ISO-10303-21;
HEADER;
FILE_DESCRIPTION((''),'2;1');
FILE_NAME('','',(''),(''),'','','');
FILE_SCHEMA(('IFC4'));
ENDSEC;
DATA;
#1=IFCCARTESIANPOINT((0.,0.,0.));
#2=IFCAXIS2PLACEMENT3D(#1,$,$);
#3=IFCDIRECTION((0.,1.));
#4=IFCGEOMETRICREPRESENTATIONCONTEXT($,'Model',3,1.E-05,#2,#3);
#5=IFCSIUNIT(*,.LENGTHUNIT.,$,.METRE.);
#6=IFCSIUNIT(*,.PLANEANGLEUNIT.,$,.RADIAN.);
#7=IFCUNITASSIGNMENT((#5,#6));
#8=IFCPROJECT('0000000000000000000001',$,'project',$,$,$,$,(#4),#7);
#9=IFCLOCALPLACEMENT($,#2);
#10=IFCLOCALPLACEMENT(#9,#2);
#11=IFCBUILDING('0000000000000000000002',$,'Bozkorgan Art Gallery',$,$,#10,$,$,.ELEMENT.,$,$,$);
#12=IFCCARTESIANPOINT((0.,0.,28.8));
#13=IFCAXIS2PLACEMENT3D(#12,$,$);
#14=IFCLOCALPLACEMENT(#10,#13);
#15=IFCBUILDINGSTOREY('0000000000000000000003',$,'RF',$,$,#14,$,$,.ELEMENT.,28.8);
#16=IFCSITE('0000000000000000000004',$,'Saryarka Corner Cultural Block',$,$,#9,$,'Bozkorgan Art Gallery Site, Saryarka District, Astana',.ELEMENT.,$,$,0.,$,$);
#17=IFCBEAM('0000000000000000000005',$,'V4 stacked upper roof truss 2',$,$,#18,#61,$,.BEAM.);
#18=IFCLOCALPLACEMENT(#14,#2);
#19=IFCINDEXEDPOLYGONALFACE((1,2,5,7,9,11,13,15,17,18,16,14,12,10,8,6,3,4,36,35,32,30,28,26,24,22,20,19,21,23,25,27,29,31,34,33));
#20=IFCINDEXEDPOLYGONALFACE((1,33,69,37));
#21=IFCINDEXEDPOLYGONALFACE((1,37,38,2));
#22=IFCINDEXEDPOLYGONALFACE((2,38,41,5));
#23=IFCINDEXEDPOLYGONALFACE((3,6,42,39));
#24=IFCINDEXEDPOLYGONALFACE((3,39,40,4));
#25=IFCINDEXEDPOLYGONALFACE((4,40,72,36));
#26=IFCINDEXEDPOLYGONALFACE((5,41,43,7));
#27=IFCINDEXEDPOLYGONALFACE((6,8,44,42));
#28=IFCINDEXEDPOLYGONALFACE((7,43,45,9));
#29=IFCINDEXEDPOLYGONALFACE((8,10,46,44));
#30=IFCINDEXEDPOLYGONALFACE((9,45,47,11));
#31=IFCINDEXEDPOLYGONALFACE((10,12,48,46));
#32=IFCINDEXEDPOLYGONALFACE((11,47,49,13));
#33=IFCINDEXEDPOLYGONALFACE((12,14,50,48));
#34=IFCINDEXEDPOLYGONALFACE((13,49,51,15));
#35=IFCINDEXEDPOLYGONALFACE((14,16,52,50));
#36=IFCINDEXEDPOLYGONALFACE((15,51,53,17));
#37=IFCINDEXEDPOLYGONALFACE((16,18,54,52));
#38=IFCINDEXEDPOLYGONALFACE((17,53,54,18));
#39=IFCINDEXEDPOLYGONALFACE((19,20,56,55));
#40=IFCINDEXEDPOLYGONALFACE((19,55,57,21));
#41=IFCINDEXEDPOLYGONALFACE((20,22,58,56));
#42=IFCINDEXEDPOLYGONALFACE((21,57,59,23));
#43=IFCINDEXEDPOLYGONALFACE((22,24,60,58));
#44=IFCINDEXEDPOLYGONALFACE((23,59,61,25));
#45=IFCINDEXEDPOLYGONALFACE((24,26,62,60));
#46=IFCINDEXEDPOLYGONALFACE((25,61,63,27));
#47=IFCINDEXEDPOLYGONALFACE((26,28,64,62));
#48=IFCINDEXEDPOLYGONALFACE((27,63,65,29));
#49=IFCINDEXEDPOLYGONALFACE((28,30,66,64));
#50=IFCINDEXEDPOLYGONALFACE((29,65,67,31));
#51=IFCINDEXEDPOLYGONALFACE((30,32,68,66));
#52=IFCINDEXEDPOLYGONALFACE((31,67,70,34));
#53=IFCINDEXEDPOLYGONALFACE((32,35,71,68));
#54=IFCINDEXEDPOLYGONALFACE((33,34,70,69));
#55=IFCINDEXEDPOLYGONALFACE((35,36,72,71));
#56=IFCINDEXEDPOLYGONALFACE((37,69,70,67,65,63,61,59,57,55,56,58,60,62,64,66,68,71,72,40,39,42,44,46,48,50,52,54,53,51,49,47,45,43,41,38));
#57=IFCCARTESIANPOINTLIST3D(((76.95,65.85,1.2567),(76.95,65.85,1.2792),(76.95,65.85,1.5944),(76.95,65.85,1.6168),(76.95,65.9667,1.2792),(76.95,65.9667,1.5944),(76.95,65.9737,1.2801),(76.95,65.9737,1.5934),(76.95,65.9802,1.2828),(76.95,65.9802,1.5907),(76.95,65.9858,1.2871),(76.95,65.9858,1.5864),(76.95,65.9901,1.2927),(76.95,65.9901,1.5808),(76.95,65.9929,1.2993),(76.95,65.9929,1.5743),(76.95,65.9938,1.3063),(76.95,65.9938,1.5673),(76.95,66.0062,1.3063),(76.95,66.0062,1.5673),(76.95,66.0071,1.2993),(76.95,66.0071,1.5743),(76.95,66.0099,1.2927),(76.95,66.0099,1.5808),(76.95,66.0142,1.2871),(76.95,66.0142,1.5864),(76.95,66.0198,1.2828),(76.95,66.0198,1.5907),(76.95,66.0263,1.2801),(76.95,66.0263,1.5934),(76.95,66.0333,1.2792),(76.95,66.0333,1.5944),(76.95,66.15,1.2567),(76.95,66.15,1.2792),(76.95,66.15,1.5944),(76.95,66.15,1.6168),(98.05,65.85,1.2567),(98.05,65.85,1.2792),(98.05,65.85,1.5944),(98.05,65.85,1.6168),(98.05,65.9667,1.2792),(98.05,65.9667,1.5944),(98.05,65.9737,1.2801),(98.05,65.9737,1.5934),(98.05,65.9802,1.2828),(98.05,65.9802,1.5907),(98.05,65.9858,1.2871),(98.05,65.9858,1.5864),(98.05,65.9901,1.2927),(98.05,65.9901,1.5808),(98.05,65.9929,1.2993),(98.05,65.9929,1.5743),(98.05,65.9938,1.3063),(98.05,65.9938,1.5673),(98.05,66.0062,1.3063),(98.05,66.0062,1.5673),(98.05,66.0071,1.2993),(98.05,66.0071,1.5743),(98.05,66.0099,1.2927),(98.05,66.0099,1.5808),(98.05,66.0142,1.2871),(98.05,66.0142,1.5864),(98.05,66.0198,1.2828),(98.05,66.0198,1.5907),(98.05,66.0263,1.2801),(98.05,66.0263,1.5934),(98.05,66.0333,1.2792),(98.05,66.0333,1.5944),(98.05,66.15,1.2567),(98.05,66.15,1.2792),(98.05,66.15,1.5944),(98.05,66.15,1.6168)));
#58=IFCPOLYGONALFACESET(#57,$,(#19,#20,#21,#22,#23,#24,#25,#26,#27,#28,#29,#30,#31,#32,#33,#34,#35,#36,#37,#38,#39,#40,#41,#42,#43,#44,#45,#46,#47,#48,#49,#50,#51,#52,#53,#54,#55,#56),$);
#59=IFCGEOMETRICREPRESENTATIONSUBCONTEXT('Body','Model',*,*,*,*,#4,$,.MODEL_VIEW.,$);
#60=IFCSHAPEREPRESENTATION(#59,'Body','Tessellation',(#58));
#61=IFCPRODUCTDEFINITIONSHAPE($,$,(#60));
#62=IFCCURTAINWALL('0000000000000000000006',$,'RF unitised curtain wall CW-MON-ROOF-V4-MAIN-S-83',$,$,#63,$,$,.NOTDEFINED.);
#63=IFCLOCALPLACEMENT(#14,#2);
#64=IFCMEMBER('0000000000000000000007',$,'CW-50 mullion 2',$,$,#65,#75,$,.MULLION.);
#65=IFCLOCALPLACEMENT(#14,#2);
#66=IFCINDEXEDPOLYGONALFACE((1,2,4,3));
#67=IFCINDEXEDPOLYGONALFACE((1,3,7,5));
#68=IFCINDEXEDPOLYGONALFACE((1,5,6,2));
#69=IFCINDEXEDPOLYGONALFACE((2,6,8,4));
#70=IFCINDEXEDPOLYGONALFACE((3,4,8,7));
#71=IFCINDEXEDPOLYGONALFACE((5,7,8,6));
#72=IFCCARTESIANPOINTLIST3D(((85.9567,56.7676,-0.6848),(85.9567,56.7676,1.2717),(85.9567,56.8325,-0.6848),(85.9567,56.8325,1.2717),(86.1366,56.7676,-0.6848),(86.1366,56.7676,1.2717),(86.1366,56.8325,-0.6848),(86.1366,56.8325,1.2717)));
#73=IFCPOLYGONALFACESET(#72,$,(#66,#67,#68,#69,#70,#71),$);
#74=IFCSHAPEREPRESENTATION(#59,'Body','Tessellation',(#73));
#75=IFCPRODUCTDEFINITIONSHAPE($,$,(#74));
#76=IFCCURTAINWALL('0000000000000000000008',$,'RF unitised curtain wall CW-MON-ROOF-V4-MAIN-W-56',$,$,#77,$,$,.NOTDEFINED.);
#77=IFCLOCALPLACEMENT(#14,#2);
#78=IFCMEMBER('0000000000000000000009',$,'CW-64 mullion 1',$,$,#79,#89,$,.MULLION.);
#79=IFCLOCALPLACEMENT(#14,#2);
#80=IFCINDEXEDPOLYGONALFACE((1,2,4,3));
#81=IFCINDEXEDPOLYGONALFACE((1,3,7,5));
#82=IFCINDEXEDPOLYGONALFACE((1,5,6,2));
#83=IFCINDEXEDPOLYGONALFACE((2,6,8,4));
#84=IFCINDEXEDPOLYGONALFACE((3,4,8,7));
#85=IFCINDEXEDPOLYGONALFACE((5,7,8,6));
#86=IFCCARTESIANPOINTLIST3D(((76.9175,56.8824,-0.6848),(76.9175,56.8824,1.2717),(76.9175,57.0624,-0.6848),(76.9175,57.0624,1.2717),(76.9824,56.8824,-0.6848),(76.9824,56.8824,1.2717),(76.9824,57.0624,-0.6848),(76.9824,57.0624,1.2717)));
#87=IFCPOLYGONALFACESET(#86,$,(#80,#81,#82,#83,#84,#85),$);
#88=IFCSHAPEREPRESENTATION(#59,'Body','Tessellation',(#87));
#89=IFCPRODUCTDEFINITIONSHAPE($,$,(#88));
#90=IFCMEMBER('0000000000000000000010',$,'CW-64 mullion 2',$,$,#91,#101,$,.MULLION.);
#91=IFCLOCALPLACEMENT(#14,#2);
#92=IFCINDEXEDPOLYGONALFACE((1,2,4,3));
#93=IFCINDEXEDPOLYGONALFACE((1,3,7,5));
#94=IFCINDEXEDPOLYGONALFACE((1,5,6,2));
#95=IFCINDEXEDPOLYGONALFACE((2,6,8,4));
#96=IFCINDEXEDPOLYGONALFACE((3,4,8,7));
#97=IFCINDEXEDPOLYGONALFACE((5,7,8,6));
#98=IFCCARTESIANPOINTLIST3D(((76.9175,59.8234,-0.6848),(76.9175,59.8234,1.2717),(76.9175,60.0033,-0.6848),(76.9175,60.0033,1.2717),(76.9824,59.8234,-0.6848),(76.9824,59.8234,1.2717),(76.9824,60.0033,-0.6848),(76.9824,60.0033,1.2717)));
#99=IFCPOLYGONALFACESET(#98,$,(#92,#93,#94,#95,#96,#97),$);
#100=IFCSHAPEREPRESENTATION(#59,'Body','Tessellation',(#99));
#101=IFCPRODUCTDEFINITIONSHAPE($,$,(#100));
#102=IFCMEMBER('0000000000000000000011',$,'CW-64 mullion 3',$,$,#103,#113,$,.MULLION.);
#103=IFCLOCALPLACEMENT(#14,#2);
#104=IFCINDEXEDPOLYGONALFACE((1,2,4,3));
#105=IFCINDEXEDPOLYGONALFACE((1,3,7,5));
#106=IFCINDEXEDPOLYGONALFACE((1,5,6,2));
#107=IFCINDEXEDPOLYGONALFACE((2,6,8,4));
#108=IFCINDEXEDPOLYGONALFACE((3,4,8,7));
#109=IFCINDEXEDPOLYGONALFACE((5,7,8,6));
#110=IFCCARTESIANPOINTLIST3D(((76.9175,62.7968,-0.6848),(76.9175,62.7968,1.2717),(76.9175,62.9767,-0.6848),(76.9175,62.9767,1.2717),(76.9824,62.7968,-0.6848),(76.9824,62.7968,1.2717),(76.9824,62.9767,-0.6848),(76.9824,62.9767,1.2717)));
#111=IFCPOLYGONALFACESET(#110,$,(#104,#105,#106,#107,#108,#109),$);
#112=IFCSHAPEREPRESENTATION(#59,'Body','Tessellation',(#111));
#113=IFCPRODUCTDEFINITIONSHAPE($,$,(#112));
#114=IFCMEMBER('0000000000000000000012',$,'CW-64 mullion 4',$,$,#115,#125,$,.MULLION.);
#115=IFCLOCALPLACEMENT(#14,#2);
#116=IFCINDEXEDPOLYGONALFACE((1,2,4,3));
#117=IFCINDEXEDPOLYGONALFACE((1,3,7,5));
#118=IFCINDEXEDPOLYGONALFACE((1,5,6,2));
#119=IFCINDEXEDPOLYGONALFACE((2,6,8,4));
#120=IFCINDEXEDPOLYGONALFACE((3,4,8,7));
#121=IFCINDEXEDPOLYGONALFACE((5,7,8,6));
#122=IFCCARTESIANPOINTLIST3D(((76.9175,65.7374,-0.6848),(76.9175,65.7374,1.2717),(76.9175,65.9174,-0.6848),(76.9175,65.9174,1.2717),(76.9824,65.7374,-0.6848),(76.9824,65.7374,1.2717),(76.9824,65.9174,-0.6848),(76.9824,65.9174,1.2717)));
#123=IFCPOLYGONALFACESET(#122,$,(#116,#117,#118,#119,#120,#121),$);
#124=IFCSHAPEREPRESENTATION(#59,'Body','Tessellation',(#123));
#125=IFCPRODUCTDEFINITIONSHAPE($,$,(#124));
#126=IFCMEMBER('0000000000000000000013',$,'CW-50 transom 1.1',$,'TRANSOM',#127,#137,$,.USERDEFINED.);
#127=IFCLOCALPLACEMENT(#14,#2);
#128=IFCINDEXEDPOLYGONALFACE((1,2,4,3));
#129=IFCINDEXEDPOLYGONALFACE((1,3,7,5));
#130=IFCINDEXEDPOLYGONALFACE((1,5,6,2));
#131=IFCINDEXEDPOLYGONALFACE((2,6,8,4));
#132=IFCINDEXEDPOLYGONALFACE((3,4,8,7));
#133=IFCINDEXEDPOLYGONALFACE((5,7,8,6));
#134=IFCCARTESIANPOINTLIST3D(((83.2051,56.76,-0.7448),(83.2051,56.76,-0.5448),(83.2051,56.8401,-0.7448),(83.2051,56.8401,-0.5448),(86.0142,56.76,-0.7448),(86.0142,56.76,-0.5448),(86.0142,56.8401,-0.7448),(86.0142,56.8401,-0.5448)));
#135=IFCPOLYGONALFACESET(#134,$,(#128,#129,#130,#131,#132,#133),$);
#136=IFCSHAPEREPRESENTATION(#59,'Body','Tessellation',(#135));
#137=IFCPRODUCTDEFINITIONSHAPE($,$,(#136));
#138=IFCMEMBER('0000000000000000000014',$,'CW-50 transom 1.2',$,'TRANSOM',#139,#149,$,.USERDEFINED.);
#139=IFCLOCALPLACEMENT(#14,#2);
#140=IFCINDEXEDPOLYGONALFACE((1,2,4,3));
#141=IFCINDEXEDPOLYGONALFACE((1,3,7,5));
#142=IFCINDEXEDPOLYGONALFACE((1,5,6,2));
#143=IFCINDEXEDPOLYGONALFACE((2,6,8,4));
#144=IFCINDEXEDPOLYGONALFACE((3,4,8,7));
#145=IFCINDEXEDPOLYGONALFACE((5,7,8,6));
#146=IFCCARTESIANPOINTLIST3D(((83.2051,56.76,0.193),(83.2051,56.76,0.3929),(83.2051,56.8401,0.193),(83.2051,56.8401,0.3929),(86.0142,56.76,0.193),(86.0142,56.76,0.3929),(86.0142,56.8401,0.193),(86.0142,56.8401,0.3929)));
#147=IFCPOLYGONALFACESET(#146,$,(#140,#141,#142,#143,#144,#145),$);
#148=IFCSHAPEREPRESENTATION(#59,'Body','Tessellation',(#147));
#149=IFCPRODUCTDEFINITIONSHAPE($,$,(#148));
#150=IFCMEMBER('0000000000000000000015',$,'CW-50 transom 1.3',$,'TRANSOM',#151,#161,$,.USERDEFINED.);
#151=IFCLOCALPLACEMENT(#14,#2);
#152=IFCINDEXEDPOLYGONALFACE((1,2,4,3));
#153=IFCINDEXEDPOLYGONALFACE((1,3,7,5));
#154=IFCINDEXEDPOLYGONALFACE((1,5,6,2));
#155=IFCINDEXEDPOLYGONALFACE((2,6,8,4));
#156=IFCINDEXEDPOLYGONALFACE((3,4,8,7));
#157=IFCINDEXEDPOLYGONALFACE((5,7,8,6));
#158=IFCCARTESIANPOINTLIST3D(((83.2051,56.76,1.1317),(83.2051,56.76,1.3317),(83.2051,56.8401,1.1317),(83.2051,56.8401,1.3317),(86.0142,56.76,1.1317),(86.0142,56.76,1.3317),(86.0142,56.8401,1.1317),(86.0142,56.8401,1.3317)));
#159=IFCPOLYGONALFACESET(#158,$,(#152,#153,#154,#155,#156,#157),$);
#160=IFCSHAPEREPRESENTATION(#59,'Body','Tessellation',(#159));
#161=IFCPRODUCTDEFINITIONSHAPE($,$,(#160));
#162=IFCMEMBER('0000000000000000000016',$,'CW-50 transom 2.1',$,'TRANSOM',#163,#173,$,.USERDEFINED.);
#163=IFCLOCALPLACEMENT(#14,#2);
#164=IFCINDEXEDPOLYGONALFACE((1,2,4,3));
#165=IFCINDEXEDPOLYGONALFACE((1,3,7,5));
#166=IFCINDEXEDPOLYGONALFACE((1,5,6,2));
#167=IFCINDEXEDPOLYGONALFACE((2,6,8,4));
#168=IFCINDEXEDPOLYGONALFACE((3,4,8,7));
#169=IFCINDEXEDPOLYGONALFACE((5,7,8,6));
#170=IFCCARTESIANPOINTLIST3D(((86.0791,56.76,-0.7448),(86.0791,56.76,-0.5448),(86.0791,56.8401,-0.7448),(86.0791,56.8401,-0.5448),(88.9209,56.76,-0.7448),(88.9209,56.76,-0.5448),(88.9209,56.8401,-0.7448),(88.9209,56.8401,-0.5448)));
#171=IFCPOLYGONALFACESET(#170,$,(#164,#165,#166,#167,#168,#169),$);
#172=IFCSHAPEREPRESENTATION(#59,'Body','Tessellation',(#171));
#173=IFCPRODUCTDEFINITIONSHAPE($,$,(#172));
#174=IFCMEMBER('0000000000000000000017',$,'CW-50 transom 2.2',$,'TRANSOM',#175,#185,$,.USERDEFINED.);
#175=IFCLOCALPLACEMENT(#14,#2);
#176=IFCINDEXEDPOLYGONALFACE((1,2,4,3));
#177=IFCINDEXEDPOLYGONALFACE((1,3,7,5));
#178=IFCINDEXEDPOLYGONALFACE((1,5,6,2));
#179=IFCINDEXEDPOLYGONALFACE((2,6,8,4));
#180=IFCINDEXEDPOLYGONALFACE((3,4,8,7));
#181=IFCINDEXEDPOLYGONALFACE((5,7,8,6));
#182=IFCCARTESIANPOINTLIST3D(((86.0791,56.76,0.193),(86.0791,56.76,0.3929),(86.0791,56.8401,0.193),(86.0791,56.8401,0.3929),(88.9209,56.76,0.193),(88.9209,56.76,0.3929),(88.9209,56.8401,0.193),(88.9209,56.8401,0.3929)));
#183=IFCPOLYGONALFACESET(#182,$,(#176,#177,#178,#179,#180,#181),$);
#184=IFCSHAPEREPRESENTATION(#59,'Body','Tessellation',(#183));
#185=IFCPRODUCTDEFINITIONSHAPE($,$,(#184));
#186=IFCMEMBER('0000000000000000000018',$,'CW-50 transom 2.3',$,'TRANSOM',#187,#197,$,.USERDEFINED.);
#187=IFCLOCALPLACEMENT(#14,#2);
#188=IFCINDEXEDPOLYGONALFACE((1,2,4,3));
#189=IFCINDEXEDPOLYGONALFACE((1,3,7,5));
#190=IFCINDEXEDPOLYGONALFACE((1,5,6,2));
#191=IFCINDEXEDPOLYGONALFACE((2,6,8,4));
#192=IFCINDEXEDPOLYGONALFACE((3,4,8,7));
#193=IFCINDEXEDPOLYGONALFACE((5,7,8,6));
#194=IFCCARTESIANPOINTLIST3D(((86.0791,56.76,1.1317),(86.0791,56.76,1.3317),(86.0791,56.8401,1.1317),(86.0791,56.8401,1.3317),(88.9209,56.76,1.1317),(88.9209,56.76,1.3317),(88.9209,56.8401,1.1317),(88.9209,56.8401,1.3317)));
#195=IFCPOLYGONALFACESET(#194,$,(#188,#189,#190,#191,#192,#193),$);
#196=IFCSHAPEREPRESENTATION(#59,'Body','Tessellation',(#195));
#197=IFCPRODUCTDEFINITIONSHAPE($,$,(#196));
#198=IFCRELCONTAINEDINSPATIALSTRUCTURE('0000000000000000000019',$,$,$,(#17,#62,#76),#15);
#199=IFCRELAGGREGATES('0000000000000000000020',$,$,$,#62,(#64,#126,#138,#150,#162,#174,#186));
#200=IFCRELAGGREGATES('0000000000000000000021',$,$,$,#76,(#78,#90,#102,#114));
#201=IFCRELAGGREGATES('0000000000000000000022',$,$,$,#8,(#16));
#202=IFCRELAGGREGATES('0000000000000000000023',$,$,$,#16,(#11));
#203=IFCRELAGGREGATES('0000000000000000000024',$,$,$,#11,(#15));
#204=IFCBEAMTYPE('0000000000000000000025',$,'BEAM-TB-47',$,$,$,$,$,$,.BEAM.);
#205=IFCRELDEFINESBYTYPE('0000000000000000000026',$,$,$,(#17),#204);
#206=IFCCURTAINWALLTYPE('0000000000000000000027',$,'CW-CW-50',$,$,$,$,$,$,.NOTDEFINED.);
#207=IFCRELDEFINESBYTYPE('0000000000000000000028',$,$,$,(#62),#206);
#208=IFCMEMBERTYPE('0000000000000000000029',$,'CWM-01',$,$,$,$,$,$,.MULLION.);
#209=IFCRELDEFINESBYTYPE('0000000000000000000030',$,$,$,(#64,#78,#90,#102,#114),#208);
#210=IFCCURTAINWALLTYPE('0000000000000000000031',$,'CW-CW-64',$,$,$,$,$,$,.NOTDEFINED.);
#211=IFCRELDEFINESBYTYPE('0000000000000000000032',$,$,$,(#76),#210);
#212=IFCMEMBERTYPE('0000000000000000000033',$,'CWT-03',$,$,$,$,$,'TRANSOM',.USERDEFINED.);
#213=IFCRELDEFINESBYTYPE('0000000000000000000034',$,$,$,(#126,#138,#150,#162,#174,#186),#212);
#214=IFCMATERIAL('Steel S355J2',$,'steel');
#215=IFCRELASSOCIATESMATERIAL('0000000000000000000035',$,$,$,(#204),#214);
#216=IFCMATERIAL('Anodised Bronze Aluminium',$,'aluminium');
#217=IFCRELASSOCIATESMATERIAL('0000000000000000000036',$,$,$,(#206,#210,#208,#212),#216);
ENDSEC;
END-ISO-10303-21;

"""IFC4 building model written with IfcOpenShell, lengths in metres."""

from ifc_helpers import new_model, si_unit, direction, frame, origin, origin_2d, place, context, subcontext, project, spatial, rectangle, i_section, extrude, material, material_profile, profile_set, type_object, element, aggregate, save


model = new_model("IFC4")

# Units and contexts
model_context = context("Model", 3, precision=1e-05, world=origin(), true_north=direction((0.0, 1.0)))
body_context = subcontext(model_context, "Body", "Model", "MODEL_VIEW")
ifc_project = project(units=[si_unit("LENGTHUNIT", "METRE"), si_unit("PLANEANGLEUNIT", "RADIAN")], contexts=[model_context])

# Site, building, storey
site_placement = place(None, origin())
site = spatial("IfcSite", under=ifc_project, at=site_placement, Name="Saryarka Corner Cultural Block", LongName="Bozkorgan Art Gallery Site, Saryarka District, Astana", CompositionType="ELEMENT", RefElevation=0.0)
building_placement = place(site_placement, origin())
building = spatial("IfcBuilding", under=site, at=building_placement, Name="Bozkorgan Art Gallery", CompositionType="ELEMENT")
storey_placement = place(building_placement, frame((0.0, 0.0, 28.8)))
storey = spatial("IfcBuildingStorey", under=building, at=storey_placement, Name="RF", CompositionType="ELEMENT", Elevation=28.8)

# Beam
ifc_material_1 = material(Name="Steel S355J2", Category="steel")
ifc_material_profile_1 = material_profile(ifc_material_1, i_section(OverallWidth=0.3, OverallDepth=0.3601, WebThickness=0.0125, FlangeThickness=0.0225, FilletRadius=0.0271, at=origin_2d()), Name="HEB 360")
ifc_profile_set_1 = profile_set([ifc_material_profile_1], Name="Steel S355J2")
beam_type = type_object("IfcBeamType", Name="BEAM-TB-47", PredefinedType="BEAM", material=ifc_profile_set_1)
beam_placement = place(storey_placement, frame((76.95, 66.0, 1.4368), z_axis=(1.0, 0.0, 0.0), x_axis=(0.0, 1.0, 0.0)))
element("IfcBeam", 1, at=beam_placement, inside=storey, type_object=beam_type, Name="V4 stacked upper roof truss 2", PredefinedType="BEAM", context=body_context, shape_type="SweptSolid", body=[
    extrude(i_section(OverallWidth=0.3, OverallDepth=0.3601, WebThickness=0.0125, FlangeThickness=0.0225, FilletRadius=0.0271, at=origin_2d()), origin(), (0.0, 0.0, 1.0), 21.1001),
])

# Curtain wall, member
ifc_material_2 = material(Name="Anodised Bronze Aluminium", Category="aluminium")
curtain_wall_type_1 = type_object("IfcCurtainWallType", Name="CW-CW-50", PredefinedType="NOTDEFINED", material=ifc_material_2)
curtain_wall_1_placement = place(storey_placement, origin())
curtain_wall_1 = element("IfcCurtainWall", 2, at=curtain_wall_1_placement, inside=storey, type_object=curtain_wall_type_1, Name="RF unitised curtain wall CW-MON-ROOF-V4-MAIN-S-83", PredefinedType="NOTDEFINED")
ifc_material_profile_2 = material_profile(ifc_material_2, rectangle(XDim=0.0649, YDim=0.1799, at=origin_2d()), Name="ALU MULLION 65x180")
ifc_profile_set_2 = profile_set([ifc_material_profile_2], Name="Anodised Bronze Aluminium")
member_type_1 = type_object("IfcMemberType", Name="CWM-01", PredefinedType="MULLION", material=ifc_profile_set_2)
member_1_placement = place(storey_placement, frame((86.0466, 56.8, -0.6848), z_axis=(0.0, 0.0, 1.0), x_axis=(0.0, 1.0, 0.0)))
member_1 = element("IfcMember", 3, at=member_1_placement, type_object=member_type_1, Name="CW-50 mullion 2", PredefinedType="MULLION", context=body_context, shape_type="SweptSolid", body=[
    extrude(rectangle(XDim=0.0649, YDim=0.1799, at=origin_2d()), origin(), (0.0, 0.0, 1.0), 1.9565),
])

# Curtain wall, members
curtain_wall_type_2 = type_object("IfcCurtainWallType", Name="CW-CW-64", PredefinedType="NOTDEFINED", material=ifc_material_2)
curtain_wall_2_placement = place(storey_placement, origin())
curtain_wall_2 = element("IfcCurtainWall", 4, at=curtain_wall_2_placement, inside=storey, type_object=curtain_wall_type_2, Name="RF unitised curtain wall CW-MON-ROOF-V4-MAIN-W-56", PredefinedType="NOTDEFINED")
member_2_placement = place(storey_placement, frame((76.95, 56.9724, -0.6848), z_axis=(0.0, 0.0, 1.0), x_axis=(-1.0, 0.0, 0.0)))
member_2 = element("IfcMember", 5, at=member_2_placement, type_object=member_type_1, Name="CW-64 mullion 1", PredefinedType="MULLION", context=body_context, shape_type="SweptSolid", body=[
    extrude(rectangle(XDim=0.0649, YDim=0.1799, at=origin_2d()), origin(), (0.0, 0.0, 1.0), 1.9565),
])
member_3_placement = place(storey_placement, frame((76.95, 59.9133, -0.6848), z_axis=(0.0, 0.0, 1.0), x_axis=(-1.0, 0.0, 0.0)))
member_3 = element("IfcMember", 6, at=member_3_placement, type_object=member_type_1, Name="CW-64 mullion 2", PredefinedType="MULLION", context=body_context, shape_type="SweptSolid", body=[
    extrude(rectangle(XDim=0.0649, YDim=0.1799, at=origin_2d()), origin(), (0.0, 0.0, 1.0), 1.9565),
])
member_4_placement = place(storey_placement, frame((76.95, 62.8867, -0.6848), z_axis=(0.0, 0.0, 1.0), x_axis=(-1.0, 0.0, 0.0)))
member_4 = element("IfcMember", 7, at=member_4_placement, type_object=member_type_1, Name="CW-64 mullion 3", PredefinedType="MULLION", context=body_context, shape_type="SweptSolid", body=[
    extrude(rectangle(XDim=0.0649, YDim=0.1799, at=origin_2d()), origin(), (0.0, 0.0, 1.0), 1.9565),
])
member_5_placement = place(storey_placement, frame((76.95, 65.8274, -0.6848), z_axis=(0.0, 0.0, 1.0), x_axis=(-1.0, 0.0, 0.0)))
member_5 = element("IfcMember", 8, at=member_5_placement, type_object=member_type_1, Name="CW-64 mullion 4", PredefinedType="MULLION", context=body_context, shape_type="SweptSolid", body=[
    extrude(rectangle(XDim=0.0649, YDim=0.1799, at=origin_2d()), origin(), (0.0, 0.0, 1.0), 1.9565),
])

# Members
ifc_material_profile_3 = material_profile(ifc_material_2, rectangle(XDim=0.0801, YDim=0.2, at=origin_2d()), Name="ALU TRANSOM 80x200")
ifc_profile_set_3 = profile_set([ifc_material_profile_3], Name="Anodised Bronze Aluminium")
member_type_2 = type_object("IfcMemberType", Name="CWT-03", ElementType="TRANSOM", PredefinedType="USERDEFINED", material=ifc_profile_set_3)
member_6_placement = place(storey_placement, frame((83.2051, 56.8, -0.6448), z_axis=(1.0, 0.0, 0.0), x_axis=(0.0, 1.0, 0.0)))
member_6 = element("IfcMember", 9, at=member_6_placement, type_object=member_type_2, Name="CW-50 transom 1.1", ObjectType="TRANSOM", PredefinedType="USERDEFINED", context=body_context, shape_type="SweptSolid", body=[
    extrude(rectangle(XDim=0.0801, YDim=0.2, at=origin_2d()), origin(), (0.0, 0.0, 1.0), 2.8091),
])
member_7_placement = place(storey_placement, frame((83.2051, 56.8, 0.293), z_axis=(1.0, 0.0, 0.0), x_axis=(0.0, 1.0, 0.0)))
member_7 = element("IfcMember", 10, at=member_7_placement, type_object=member_type_2, Name="CW-50 transom 1.2", ObjectType="TRANSOM", PredefinedType="USERDEFINED", context=body_context, shape_type="SweptSolid", body=[
    extrude(rectangle(XDim=0.0801, YDim=0.2, at=origin_2d()), origin(), (0.0, 0.0, 1.0), 2.8091),
])
member_8_placement = place(storey_placement, frame((83.2051, 56.8, 1.2317), z_axis=(1.0, 0.0, 0.0), x_axis=(0.0, 1.0, 0.0)))
member_8 = element("IfcMember", 11, at=member_8_placement, type_object=member_type_2, Name="CW-50 transom 1.3", ObjectType="TRANSOM", PredefinedType="USERDEFINED", context=body_context, shape_type="SweptSolid", body=[
    extrude(rectangle(XDim=0.0801, YDim=0.2, at=origin_2d()), origin(), (0.0, 0.0, 1.0), 2.8091),
])
member_9_placement = place(storey_placement, frame((86.0791, 56.8, -0.6448), z_axis=(1.0, 0.0, 0.0), x_axis=(0.0, 1.0, 0.0)))
member_9 = element("IfcMember", 12, at=member_9_placement, type_object=member_type_2, Name="CW-50 transom 2.1", ObjectType="TRANSOM", PredefinedType="USERDEFINED", context=body_context, shape_type="SweptSolid", body=[
    extrude(rectangle(XDim=0.0801, YDim=0.2, at=origin_2d()), origin(), (0.0, 0.0, 1.0), 2.8418),
])
member_10_placement = place(storey_placement, frame((86.0791, 56.8, 0.293), z_axis=(1.0, 0.0, 0.0), x_axis=(0.0, 1.0, 0.0)))
member_10 = element("IfcMember", 13, at=member_10_placement, type_object=member_type_2, Name="CW-50 transom 2.2", ObjectType="TRANSOM", PredefinedType="USERDEFINED", context=body_context, shape_type="SweptSolid", body=[
    extrude(rectangle(XDim=0.0801, YDim=0.2, at=origin_2d()), origin(), (0.0, 0.0, 1.0), 2.8418),
])
member_11_placement = place(storey_placement, frame((86.0791, 56.8, 1.2317), z_axis=(1.0, 0.0, 0.0), x_axis=(0.0, 1.0, 0.0)))
member_11 = element("IfcMember", 14, at=member_11_placement, type_object=member_type_2, Name="CW-50 transom 2.3", ObjectType="TRANSOM", PredefinedType="USERDEFINED", context=body_context, shape_type="SweptSolid", body=[
    extrude(rectangle(XDim=0.0801, YDim=0.2, at=origin_2d()), origin(), (0.0, 0.0, 1.0), 2.8418),
])

aggregate(curtain_wall_1, [member_1, member_6, member_7, member_8, member_9, member_10, member_11])
aggregate(curtain_wall_2, [member_2, member_3, member_4, member_5])

save(model, "model.ifc")
